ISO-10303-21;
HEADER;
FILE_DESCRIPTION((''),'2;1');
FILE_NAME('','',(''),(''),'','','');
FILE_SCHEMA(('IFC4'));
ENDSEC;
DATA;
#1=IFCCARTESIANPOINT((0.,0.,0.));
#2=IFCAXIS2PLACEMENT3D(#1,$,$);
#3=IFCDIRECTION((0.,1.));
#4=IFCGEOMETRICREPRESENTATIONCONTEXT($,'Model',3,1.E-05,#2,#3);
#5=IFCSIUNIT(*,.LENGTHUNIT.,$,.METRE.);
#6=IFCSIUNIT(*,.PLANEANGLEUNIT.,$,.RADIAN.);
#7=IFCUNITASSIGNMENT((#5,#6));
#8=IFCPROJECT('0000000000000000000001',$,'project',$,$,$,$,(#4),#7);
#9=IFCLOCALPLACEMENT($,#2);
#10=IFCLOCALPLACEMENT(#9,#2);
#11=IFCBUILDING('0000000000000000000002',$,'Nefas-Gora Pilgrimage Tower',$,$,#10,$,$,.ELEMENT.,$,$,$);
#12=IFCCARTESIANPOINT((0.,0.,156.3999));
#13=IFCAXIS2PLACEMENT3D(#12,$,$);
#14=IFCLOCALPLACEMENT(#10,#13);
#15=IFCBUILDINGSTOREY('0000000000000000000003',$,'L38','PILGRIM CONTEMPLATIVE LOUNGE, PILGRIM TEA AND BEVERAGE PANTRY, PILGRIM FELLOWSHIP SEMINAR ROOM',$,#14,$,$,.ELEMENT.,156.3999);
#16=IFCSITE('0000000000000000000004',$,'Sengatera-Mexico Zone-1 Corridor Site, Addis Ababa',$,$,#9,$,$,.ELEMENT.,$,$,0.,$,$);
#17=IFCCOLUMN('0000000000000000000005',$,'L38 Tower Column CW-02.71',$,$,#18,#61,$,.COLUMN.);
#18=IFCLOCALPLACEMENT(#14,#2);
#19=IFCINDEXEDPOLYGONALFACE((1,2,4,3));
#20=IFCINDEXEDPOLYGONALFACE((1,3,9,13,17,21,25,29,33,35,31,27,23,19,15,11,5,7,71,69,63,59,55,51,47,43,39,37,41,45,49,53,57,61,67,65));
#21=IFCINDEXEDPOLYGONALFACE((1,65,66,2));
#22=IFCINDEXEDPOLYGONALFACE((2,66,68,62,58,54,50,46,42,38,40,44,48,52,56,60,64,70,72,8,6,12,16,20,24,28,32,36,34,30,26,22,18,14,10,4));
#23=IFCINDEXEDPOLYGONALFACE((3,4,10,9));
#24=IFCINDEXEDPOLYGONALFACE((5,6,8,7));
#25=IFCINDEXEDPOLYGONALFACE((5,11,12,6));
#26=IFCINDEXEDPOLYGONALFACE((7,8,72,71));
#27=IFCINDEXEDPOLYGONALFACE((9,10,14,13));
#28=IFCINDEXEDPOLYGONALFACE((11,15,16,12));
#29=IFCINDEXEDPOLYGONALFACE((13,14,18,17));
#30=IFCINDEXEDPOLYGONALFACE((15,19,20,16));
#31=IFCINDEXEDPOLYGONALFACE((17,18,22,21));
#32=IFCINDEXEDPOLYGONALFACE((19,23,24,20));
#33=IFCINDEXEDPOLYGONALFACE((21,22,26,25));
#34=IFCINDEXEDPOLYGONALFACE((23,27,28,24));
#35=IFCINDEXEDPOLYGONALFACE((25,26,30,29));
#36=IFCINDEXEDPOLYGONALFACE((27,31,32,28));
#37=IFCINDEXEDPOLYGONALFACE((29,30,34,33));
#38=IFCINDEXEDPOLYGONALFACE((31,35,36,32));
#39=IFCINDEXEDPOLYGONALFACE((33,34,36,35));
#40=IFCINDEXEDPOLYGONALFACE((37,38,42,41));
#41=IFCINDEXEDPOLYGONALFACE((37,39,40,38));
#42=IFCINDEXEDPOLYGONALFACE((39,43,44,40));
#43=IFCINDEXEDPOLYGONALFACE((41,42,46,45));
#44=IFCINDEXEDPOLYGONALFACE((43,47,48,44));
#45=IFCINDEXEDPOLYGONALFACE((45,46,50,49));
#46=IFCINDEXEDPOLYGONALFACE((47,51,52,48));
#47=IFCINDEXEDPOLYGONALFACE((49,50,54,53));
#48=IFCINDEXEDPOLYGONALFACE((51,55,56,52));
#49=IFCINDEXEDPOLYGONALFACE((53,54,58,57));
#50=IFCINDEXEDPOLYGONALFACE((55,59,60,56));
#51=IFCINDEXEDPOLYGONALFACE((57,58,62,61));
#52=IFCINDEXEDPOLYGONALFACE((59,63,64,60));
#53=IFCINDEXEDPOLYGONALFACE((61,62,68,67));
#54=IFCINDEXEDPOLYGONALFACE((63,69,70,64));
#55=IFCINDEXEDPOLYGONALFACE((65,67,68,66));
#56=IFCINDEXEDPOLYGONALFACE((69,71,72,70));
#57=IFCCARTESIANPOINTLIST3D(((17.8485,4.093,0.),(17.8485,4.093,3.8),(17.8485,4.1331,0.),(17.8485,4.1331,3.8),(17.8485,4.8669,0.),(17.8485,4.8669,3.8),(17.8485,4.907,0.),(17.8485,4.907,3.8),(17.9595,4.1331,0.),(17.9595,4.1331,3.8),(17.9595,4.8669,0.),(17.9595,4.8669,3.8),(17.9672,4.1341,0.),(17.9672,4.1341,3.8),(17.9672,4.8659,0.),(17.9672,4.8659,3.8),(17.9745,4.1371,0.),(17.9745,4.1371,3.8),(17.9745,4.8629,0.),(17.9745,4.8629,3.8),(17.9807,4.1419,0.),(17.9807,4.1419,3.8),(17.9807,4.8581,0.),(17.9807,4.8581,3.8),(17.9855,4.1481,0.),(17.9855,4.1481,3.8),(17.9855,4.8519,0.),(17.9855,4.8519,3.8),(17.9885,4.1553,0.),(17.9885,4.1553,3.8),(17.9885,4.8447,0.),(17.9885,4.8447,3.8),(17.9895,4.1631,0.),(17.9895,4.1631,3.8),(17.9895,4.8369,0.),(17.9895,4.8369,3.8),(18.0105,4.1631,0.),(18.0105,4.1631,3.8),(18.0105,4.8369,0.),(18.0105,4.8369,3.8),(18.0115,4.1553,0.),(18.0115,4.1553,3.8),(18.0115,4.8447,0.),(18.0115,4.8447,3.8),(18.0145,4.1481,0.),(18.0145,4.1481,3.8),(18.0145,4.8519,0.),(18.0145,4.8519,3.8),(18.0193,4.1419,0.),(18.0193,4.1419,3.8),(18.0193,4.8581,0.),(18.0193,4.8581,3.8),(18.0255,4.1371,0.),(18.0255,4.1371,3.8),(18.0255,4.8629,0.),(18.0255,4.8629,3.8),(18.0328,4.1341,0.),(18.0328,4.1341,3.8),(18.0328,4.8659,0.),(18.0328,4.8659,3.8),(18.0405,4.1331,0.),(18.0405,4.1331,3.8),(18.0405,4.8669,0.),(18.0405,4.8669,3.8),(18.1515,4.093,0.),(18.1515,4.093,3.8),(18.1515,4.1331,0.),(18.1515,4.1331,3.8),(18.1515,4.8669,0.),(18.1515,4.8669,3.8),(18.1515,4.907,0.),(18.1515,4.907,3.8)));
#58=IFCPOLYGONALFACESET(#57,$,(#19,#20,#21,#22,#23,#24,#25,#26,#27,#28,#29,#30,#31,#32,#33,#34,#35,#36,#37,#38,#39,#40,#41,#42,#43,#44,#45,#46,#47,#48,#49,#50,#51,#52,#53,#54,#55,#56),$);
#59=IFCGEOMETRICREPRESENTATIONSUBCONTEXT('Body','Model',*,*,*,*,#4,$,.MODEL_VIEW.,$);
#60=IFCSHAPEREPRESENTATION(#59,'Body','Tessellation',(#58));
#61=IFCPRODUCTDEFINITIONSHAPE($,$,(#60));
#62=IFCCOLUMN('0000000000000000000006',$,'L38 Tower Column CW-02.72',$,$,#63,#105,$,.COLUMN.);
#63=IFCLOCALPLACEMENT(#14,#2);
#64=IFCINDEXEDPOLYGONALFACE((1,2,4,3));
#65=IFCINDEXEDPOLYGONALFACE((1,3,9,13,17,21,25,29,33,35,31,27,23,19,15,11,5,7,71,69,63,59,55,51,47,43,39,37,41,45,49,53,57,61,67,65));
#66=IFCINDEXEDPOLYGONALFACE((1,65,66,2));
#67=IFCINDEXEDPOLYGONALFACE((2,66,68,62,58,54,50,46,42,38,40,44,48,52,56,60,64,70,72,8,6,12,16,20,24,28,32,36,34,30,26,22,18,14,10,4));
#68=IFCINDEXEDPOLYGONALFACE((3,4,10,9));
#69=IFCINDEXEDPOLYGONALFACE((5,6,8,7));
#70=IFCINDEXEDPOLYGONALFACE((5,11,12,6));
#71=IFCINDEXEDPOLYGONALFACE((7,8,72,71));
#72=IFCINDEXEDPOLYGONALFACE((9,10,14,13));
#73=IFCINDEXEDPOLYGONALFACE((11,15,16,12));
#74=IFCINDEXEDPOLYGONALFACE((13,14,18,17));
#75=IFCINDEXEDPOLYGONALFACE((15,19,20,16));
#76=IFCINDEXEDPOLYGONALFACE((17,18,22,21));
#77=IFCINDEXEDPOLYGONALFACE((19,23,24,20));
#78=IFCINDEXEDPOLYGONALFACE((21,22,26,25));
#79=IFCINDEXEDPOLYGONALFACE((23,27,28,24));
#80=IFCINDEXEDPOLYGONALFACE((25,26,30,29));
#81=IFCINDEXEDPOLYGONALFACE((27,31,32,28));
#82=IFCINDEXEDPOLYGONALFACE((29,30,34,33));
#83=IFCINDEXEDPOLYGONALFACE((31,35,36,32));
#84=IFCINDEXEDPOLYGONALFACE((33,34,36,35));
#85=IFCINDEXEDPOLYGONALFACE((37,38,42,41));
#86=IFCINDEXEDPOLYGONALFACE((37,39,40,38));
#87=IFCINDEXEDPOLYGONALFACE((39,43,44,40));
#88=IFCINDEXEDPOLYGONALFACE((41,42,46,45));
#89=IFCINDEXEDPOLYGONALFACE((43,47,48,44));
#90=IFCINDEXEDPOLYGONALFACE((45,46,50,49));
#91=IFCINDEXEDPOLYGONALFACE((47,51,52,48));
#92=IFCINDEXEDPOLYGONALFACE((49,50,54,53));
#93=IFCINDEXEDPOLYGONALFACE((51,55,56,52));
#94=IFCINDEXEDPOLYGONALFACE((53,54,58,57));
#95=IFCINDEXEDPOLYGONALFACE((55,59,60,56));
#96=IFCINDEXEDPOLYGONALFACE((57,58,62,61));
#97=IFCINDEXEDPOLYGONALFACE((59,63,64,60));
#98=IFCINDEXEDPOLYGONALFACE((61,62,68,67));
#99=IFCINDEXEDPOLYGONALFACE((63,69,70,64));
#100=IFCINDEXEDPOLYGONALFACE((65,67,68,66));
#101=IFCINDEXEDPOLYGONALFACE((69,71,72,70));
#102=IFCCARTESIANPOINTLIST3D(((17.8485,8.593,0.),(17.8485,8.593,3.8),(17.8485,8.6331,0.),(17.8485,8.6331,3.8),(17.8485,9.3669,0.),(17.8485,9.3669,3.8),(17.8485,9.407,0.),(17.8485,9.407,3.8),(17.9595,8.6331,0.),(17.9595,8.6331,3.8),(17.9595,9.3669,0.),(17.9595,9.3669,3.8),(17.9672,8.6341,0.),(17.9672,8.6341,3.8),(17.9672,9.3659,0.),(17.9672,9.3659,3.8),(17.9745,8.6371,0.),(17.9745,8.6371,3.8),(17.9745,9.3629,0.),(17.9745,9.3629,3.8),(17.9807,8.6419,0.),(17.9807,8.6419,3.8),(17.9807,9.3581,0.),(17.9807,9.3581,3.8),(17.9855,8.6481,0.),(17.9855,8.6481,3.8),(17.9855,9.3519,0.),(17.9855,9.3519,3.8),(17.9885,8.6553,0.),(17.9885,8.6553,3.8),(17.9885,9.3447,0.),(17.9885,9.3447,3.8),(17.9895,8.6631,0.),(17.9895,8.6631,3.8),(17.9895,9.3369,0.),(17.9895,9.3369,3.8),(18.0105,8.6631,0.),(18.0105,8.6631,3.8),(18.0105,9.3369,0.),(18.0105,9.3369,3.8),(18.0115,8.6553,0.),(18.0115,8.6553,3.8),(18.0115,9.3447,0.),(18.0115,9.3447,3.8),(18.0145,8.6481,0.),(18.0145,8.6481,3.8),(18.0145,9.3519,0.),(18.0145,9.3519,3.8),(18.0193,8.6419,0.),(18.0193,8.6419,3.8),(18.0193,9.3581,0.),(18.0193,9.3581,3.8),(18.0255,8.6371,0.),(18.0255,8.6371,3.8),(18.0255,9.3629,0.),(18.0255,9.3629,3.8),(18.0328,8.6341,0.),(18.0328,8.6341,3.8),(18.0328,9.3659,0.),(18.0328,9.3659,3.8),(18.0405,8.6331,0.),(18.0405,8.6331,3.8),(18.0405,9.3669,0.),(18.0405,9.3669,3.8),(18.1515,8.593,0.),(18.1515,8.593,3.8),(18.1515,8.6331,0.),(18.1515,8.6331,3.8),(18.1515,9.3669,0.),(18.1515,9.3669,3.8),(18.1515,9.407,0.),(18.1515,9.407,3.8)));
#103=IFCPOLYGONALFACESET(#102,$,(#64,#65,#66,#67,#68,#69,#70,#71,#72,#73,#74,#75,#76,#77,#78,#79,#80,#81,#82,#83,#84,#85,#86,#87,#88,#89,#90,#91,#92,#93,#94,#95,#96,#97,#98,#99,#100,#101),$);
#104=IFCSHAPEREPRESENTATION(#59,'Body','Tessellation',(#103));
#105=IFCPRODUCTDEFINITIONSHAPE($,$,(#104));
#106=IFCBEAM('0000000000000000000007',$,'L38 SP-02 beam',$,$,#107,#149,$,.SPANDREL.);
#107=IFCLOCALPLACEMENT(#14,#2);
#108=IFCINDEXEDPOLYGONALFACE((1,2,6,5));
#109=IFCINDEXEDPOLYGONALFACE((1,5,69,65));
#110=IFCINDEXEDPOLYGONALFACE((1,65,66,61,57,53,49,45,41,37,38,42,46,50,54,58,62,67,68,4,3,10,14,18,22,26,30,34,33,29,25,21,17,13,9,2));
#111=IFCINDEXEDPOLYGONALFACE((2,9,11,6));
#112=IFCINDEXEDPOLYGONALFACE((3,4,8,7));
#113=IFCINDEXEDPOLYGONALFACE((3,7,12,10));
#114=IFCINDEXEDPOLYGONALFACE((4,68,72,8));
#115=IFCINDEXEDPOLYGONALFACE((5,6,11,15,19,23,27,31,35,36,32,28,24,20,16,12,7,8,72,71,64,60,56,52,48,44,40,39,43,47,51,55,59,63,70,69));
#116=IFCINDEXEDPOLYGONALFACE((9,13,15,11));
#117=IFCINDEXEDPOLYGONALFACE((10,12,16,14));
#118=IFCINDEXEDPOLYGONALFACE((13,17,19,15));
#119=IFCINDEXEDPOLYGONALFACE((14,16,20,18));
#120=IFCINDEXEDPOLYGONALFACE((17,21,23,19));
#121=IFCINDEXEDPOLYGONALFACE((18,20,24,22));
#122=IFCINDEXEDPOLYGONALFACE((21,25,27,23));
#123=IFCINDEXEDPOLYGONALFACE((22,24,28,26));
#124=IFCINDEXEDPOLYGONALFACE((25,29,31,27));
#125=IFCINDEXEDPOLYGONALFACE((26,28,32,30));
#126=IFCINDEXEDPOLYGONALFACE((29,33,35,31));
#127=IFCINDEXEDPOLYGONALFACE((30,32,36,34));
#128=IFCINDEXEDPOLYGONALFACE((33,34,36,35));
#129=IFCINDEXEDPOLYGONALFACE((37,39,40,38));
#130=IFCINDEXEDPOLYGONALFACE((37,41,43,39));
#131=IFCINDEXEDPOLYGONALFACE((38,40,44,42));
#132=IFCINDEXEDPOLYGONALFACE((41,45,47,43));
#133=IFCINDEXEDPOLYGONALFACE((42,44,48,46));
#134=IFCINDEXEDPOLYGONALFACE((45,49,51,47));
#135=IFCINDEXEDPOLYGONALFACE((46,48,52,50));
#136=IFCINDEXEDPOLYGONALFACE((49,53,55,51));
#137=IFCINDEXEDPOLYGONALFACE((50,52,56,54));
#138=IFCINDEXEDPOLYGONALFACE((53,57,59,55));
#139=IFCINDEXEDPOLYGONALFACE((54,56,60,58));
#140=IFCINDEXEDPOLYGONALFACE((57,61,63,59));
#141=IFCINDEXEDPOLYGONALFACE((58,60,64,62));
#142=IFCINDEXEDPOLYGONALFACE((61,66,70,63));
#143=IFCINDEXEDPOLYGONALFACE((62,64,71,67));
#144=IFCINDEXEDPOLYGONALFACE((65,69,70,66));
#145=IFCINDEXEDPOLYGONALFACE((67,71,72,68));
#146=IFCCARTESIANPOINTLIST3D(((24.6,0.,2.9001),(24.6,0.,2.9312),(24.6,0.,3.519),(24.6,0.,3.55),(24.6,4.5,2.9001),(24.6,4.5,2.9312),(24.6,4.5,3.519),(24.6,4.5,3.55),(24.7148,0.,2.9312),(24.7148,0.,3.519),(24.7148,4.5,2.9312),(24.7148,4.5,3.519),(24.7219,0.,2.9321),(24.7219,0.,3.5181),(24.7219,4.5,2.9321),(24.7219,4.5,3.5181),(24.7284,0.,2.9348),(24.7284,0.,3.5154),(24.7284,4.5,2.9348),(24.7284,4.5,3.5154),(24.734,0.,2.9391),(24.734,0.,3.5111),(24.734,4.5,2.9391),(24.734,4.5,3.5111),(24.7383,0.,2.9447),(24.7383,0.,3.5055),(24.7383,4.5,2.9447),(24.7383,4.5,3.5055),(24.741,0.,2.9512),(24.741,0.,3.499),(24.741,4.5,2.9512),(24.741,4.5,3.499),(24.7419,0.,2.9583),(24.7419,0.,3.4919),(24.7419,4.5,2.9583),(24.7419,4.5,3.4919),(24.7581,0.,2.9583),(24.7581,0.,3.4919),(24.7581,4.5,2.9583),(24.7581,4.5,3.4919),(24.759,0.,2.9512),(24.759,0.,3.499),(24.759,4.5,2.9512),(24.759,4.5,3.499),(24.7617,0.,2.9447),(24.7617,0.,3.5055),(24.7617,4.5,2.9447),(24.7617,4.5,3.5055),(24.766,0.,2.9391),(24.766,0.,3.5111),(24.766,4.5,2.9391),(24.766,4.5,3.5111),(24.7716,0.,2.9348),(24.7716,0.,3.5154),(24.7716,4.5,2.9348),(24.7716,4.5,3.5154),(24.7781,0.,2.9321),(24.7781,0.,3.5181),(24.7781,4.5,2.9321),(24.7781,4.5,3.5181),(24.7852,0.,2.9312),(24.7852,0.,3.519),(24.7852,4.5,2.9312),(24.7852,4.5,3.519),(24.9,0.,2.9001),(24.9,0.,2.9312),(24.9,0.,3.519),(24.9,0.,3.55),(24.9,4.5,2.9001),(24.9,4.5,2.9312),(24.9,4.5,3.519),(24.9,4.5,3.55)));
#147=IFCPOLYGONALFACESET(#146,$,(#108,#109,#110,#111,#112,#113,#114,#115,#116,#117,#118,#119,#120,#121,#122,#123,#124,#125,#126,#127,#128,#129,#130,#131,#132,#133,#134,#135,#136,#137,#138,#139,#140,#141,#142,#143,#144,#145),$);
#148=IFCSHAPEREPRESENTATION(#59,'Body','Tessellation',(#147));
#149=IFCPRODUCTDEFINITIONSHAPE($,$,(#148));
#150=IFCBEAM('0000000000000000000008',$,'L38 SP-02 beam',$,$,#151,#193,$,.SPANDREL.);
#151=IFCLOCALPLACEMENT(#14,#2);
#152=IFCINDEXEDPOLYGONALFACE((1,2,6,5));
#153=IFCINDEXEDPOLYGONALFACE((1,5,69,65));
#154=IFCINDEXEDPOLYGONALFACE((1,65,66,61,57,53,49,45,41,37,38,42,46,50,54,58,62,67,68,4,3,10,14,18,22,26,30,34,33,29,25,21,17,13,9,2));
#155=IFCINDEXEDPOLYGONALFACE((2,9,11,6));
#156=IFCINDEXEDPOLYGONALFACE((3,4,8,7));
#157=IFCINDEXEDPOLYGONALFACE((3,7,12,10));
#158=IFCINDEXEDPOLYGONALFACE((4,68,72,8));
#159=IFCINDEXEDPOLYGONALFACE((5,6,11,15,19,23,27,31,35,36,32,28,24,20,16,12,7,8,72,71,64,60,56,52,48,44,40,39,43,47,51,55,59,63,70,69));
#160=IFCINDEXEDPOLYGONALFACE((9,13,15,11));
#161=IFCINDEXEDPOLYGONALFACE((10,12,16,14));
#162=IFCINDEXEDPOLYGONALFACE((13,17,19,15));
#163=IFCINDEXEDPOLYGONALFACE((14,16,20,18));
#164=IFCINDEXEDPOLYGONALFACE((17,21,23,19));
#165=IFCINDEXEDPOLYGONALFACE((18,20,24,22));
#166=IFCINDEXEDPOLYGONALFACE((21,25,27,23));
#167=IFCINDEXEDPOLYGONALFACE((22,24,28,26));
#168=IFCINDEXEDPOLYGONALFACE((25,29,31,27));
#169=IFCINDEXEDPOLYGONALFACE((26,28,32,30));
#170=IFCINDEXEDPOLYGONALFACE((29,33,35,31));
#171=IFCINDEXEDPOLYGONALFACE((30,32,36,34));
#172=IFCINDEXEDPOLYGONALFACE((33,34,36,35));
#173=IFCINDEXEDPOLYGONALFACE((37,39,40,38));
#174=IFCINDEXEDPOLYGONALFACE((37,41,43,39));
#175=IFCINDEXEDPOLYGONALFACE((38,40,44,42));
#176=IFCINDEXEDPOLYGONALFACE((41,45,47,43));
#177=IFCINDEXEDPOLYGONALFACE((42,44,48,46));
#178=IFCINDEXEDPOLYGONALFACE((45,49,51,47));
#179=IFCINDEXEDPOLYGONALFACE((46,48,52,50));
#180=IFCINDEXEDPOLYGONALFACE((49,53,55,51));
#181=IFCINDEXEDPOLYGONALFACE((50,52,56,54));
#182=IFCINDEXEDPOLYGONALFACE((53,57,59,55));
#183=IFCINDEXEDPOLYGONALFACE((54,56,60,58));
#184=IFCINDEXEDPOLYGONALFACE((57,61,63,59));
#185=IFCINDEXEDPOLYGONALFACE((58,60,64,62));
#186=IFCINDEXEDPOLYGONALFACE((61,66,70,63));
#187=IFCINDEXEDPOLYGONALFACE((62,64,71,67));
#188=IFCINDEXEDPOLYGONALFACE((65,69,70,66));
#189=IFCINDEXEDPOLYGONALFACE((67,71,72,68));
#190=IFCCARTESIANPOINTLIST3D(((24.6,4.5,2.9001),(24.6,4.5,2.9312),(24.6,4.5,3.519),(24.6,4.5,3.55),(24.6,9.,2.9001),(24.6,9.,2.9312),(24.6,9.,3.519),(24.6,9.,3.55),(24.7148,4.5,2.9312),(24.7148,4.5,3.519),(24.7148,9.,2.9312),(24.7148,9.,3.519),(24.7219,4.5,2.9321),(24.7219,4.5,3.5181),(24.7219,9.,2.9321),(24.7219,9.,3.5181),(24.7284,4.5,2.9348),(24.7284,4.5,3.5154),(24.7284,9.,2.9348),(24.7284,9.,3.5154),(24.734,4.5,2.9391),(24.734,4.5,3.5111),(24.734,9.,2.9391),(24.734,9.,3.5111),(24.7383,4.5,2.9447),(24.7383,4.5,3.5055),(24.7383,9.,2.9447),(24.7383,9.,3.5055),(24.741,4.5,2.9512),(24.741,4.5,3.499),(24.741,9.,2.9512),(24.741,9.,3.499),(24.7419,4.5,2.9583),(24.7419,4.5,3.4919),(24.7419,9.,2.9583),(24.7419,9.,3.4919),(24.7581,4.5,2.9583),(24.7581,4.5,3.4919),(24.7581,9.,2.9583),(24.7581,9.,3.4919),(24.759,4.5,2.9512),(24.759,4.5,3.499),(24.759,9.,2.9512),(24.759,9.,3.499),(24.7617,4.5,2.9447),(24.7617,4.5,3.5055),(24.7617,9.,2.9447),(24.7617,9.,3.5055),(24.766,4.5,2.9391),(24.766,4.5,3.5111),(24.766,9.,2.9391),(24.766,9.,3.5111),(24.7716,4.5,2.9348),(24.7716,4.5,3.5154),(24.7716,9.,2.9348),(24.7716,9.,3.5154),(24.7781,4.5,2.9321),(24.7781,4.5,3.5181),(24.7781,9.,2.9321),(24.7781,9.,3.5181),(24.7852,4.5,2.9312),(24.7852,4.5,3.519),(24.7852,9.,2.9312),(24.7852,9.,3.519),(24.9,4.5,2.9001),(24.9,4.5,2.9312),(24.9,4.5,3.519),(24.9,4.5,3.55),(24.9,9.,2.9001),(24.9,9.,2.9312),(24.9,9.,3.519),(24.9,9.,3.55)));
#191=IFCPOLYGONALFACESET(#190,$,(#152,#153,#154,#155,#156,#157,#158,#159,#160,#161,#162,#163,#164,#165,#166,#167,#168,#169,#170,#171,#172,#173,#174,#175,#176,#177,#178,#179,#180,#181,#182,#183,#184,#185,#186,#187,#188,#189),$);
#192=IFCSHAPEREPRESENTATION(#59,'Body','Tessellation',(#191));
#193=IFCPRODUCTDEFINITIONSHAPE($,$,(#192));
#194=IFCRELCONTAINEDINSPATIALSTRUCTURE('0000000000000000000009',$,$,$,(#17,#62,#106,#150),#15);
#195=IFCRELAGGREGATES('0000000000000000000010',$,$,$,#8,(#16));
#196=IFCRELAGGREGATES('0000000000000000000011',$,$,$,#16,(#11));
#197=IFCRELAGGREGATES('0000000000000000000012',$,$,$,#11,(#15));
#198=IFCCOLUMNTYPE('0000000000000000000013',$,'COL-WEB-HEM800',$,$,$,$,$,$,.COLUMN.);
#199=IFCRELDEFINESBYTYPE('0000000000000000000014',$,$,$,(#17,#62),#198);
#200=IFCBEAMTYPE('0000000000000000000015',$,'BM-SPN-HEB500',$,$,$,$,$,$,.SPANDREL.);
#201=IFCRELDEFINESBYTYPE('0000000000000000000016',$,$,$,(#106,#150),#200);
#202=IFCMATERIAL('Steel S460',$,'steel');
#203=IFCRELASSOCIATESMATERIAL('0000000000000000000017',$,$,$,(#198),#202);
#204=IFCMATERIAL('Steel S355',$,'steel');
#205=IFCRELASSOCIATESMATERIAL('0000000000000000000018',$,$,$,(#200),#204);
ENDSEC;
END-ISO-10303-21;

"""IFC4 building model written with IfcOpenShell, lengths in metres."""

from ifc_helpers import new_model, si_unit, direction, frame, origin, origin_2d, place, context, subcontext, project, spatial, i_section, extrude, source, transform, mapped, material, material_profile, profile_set, type_object, element, save


model = new_model("IFC4")

# Units and contexts
model_context = context("Model", 3, precision=1e-05, world=origin(), true_north=direction((0.0, 1.0)))
body_context = subcontext(model_context, "Body", "Model", "MODEL_VIEW")
ifc_project = project(units=[si_unit("LENGTHUNIT", "METRE"), si_unit("PLANEANGLEUNIT", "RADIAN")], contexts=[model_context])

# Site, building, storey
site_placement = place(None, origin())
site = spatial("IfcSite", under=ifc_project, at=site_placement, Name="Sengatera-Mexico Zone-1 Corridor Site, Addis Ababa", CompositionType="ELEMENT", RefElevation=0.0)
building_placement = place(site_placement, origin())
building = spatial("IfcBuilding", under=site, at=building_placement, Name="Nefas-Gora Pilgrimage Tower", CompositionType="ELEMENT")
storey_placement = place(building_placement, frame((0.0, 0.0, 156.3999)))
storey = spatial("IfcBuildingStorey", under=building, at=storey_placement, Name="L38", Description="PILGRIM CONTEMPLATIVE LOUNGE, PILGRIM TEA AND BEVERAGE PANTRY, PILGRIM FELLOWSHIP SEMINAR ROOM", CompositionType="ELEMENT", Elevation=156.3999)

# Columns
ifc_material_1 = material(Name="Steel S460", Category="steel")
ifc_material_profile_1 = material_profile(ifc_material_1, i_section(OverallWidth=0.303, OverallDepth=0.814, WebThickness=0.021, FlangeThickness=0.04, FilletRadius=0.03, at=origin_2d()), Name="HEM 800")
ifc_profile_set_1 = profile_set([ifc_material_profile_1], Name="Steel S460")
column_type_1 = type_object("IfcColumnType", Name="COL-WEB-HEM800", PredefinedType="COLUMN", material=ifc_profile_set_1)
shared_shape_1 = source(origin(), body_context, "Body", "SweptSolid", [
    extrude(i_section(OverallWidth=0.303, OverallDepth=0.814, WebThickness=0.021, FlangeThickness=0.04, FilletRadius=0.03, at=origin_2d()), origin(), (0.0, 0.0, 1.0), 3.8),
])
for number, where, z_axis, x_axis, name in (
    (1, (18.0, 4.5, 0.0), (0.0, 0.0, 1.0), (1.0, 0.0, 0.0), "L38 Tower Column CW-02.71"),
    (2, (18.0, 9.0, 0.0), (0.0, 0.0, 1.0), (1.0, 0.0, 0.0), "L38 Tower Column CW-02.72"),
):
    element("IfcColumn", number, at=place(storey_placement, frame(where, z_axis=z_axis, x_axis=x_axis)), inside=storey, type_object=column_type_1, Name=name, PredefinedType="COLUMN", context=body_context, shape_type="MappedRepresentation", body=[
        mapped(shared_shape_1, transform((0.0, 0.0, 0.0), x_axis=(1.0, 0.0, 0.0), y_axis=(0.0, 1.0, 0.0), z_axis=(0.0, 0.0, 1.0), scale=1.0)),
    ])

# Beams
ifc_material_2 = material(Name="Steel S355", Category="steel")
ifc_material_profile_2 = material_profile(ifc_material_2, i_section(OverallWidth=0.3, OverallDepth=0.6499, WebThickness=0.0161, FlangeThickness=0.031, FilletRadius=0.0271, at=origin_2d()), Name="HEB 650")
ifc_profile_set_2 = profile_set([ifc_material_profile_2], Name="Steel S355")
beam_type_1 = type_object("IfcBeamType", Name="BM-SPN-HEB500", PredefinedType="SPANDREL", material=ifc_profile_set_2)
shared_shape_2 = source(origin(), body_context, "Body", "SweptSolid", [
    extrude(i_section(OverallWidth=0.3, OverallDepth=0.6499, WebThickness=0.0161, FlangeThickness=0.031, FilletRadius=0.0271, at=origin_2d()), origin(), (0.0, 0.0, 1.0), 4.5),
])
for number, where, z_axis, x_axis, name in (
    (3, (24.75, 0.0, 3.2251), (0.0, 1.0, 0.0), (-1.0, 0.0, 0.0), "L38 SP-02 beam"),
    (4, (24.75, 4.5, 3.2251), (0.0, 1.0, 0.0), (-1.0, 0.0, 0.0), "L38 SP-02 beam"),
):
    element("IfcBeam", number, at=place(storey_placement, frame(where, z_axis=z_axis, x_axis=x_axis)), inside=storey, type_object=beam_type_1, Name=name, PredefinedType="SPANDREL", context=body_context, shape_type="MappedRepresentation", body=[
        mapped(shared_shape_2, transform((0.0, 0.0, 0.0), x_axis=(1.0, 0.0, 0.0), y_axis=(0.0, 1.0, 0.0), z_axis=(0.0, 0.0, 1.0), scale=1.0)),
    ])

save(model, "model.ifc")
